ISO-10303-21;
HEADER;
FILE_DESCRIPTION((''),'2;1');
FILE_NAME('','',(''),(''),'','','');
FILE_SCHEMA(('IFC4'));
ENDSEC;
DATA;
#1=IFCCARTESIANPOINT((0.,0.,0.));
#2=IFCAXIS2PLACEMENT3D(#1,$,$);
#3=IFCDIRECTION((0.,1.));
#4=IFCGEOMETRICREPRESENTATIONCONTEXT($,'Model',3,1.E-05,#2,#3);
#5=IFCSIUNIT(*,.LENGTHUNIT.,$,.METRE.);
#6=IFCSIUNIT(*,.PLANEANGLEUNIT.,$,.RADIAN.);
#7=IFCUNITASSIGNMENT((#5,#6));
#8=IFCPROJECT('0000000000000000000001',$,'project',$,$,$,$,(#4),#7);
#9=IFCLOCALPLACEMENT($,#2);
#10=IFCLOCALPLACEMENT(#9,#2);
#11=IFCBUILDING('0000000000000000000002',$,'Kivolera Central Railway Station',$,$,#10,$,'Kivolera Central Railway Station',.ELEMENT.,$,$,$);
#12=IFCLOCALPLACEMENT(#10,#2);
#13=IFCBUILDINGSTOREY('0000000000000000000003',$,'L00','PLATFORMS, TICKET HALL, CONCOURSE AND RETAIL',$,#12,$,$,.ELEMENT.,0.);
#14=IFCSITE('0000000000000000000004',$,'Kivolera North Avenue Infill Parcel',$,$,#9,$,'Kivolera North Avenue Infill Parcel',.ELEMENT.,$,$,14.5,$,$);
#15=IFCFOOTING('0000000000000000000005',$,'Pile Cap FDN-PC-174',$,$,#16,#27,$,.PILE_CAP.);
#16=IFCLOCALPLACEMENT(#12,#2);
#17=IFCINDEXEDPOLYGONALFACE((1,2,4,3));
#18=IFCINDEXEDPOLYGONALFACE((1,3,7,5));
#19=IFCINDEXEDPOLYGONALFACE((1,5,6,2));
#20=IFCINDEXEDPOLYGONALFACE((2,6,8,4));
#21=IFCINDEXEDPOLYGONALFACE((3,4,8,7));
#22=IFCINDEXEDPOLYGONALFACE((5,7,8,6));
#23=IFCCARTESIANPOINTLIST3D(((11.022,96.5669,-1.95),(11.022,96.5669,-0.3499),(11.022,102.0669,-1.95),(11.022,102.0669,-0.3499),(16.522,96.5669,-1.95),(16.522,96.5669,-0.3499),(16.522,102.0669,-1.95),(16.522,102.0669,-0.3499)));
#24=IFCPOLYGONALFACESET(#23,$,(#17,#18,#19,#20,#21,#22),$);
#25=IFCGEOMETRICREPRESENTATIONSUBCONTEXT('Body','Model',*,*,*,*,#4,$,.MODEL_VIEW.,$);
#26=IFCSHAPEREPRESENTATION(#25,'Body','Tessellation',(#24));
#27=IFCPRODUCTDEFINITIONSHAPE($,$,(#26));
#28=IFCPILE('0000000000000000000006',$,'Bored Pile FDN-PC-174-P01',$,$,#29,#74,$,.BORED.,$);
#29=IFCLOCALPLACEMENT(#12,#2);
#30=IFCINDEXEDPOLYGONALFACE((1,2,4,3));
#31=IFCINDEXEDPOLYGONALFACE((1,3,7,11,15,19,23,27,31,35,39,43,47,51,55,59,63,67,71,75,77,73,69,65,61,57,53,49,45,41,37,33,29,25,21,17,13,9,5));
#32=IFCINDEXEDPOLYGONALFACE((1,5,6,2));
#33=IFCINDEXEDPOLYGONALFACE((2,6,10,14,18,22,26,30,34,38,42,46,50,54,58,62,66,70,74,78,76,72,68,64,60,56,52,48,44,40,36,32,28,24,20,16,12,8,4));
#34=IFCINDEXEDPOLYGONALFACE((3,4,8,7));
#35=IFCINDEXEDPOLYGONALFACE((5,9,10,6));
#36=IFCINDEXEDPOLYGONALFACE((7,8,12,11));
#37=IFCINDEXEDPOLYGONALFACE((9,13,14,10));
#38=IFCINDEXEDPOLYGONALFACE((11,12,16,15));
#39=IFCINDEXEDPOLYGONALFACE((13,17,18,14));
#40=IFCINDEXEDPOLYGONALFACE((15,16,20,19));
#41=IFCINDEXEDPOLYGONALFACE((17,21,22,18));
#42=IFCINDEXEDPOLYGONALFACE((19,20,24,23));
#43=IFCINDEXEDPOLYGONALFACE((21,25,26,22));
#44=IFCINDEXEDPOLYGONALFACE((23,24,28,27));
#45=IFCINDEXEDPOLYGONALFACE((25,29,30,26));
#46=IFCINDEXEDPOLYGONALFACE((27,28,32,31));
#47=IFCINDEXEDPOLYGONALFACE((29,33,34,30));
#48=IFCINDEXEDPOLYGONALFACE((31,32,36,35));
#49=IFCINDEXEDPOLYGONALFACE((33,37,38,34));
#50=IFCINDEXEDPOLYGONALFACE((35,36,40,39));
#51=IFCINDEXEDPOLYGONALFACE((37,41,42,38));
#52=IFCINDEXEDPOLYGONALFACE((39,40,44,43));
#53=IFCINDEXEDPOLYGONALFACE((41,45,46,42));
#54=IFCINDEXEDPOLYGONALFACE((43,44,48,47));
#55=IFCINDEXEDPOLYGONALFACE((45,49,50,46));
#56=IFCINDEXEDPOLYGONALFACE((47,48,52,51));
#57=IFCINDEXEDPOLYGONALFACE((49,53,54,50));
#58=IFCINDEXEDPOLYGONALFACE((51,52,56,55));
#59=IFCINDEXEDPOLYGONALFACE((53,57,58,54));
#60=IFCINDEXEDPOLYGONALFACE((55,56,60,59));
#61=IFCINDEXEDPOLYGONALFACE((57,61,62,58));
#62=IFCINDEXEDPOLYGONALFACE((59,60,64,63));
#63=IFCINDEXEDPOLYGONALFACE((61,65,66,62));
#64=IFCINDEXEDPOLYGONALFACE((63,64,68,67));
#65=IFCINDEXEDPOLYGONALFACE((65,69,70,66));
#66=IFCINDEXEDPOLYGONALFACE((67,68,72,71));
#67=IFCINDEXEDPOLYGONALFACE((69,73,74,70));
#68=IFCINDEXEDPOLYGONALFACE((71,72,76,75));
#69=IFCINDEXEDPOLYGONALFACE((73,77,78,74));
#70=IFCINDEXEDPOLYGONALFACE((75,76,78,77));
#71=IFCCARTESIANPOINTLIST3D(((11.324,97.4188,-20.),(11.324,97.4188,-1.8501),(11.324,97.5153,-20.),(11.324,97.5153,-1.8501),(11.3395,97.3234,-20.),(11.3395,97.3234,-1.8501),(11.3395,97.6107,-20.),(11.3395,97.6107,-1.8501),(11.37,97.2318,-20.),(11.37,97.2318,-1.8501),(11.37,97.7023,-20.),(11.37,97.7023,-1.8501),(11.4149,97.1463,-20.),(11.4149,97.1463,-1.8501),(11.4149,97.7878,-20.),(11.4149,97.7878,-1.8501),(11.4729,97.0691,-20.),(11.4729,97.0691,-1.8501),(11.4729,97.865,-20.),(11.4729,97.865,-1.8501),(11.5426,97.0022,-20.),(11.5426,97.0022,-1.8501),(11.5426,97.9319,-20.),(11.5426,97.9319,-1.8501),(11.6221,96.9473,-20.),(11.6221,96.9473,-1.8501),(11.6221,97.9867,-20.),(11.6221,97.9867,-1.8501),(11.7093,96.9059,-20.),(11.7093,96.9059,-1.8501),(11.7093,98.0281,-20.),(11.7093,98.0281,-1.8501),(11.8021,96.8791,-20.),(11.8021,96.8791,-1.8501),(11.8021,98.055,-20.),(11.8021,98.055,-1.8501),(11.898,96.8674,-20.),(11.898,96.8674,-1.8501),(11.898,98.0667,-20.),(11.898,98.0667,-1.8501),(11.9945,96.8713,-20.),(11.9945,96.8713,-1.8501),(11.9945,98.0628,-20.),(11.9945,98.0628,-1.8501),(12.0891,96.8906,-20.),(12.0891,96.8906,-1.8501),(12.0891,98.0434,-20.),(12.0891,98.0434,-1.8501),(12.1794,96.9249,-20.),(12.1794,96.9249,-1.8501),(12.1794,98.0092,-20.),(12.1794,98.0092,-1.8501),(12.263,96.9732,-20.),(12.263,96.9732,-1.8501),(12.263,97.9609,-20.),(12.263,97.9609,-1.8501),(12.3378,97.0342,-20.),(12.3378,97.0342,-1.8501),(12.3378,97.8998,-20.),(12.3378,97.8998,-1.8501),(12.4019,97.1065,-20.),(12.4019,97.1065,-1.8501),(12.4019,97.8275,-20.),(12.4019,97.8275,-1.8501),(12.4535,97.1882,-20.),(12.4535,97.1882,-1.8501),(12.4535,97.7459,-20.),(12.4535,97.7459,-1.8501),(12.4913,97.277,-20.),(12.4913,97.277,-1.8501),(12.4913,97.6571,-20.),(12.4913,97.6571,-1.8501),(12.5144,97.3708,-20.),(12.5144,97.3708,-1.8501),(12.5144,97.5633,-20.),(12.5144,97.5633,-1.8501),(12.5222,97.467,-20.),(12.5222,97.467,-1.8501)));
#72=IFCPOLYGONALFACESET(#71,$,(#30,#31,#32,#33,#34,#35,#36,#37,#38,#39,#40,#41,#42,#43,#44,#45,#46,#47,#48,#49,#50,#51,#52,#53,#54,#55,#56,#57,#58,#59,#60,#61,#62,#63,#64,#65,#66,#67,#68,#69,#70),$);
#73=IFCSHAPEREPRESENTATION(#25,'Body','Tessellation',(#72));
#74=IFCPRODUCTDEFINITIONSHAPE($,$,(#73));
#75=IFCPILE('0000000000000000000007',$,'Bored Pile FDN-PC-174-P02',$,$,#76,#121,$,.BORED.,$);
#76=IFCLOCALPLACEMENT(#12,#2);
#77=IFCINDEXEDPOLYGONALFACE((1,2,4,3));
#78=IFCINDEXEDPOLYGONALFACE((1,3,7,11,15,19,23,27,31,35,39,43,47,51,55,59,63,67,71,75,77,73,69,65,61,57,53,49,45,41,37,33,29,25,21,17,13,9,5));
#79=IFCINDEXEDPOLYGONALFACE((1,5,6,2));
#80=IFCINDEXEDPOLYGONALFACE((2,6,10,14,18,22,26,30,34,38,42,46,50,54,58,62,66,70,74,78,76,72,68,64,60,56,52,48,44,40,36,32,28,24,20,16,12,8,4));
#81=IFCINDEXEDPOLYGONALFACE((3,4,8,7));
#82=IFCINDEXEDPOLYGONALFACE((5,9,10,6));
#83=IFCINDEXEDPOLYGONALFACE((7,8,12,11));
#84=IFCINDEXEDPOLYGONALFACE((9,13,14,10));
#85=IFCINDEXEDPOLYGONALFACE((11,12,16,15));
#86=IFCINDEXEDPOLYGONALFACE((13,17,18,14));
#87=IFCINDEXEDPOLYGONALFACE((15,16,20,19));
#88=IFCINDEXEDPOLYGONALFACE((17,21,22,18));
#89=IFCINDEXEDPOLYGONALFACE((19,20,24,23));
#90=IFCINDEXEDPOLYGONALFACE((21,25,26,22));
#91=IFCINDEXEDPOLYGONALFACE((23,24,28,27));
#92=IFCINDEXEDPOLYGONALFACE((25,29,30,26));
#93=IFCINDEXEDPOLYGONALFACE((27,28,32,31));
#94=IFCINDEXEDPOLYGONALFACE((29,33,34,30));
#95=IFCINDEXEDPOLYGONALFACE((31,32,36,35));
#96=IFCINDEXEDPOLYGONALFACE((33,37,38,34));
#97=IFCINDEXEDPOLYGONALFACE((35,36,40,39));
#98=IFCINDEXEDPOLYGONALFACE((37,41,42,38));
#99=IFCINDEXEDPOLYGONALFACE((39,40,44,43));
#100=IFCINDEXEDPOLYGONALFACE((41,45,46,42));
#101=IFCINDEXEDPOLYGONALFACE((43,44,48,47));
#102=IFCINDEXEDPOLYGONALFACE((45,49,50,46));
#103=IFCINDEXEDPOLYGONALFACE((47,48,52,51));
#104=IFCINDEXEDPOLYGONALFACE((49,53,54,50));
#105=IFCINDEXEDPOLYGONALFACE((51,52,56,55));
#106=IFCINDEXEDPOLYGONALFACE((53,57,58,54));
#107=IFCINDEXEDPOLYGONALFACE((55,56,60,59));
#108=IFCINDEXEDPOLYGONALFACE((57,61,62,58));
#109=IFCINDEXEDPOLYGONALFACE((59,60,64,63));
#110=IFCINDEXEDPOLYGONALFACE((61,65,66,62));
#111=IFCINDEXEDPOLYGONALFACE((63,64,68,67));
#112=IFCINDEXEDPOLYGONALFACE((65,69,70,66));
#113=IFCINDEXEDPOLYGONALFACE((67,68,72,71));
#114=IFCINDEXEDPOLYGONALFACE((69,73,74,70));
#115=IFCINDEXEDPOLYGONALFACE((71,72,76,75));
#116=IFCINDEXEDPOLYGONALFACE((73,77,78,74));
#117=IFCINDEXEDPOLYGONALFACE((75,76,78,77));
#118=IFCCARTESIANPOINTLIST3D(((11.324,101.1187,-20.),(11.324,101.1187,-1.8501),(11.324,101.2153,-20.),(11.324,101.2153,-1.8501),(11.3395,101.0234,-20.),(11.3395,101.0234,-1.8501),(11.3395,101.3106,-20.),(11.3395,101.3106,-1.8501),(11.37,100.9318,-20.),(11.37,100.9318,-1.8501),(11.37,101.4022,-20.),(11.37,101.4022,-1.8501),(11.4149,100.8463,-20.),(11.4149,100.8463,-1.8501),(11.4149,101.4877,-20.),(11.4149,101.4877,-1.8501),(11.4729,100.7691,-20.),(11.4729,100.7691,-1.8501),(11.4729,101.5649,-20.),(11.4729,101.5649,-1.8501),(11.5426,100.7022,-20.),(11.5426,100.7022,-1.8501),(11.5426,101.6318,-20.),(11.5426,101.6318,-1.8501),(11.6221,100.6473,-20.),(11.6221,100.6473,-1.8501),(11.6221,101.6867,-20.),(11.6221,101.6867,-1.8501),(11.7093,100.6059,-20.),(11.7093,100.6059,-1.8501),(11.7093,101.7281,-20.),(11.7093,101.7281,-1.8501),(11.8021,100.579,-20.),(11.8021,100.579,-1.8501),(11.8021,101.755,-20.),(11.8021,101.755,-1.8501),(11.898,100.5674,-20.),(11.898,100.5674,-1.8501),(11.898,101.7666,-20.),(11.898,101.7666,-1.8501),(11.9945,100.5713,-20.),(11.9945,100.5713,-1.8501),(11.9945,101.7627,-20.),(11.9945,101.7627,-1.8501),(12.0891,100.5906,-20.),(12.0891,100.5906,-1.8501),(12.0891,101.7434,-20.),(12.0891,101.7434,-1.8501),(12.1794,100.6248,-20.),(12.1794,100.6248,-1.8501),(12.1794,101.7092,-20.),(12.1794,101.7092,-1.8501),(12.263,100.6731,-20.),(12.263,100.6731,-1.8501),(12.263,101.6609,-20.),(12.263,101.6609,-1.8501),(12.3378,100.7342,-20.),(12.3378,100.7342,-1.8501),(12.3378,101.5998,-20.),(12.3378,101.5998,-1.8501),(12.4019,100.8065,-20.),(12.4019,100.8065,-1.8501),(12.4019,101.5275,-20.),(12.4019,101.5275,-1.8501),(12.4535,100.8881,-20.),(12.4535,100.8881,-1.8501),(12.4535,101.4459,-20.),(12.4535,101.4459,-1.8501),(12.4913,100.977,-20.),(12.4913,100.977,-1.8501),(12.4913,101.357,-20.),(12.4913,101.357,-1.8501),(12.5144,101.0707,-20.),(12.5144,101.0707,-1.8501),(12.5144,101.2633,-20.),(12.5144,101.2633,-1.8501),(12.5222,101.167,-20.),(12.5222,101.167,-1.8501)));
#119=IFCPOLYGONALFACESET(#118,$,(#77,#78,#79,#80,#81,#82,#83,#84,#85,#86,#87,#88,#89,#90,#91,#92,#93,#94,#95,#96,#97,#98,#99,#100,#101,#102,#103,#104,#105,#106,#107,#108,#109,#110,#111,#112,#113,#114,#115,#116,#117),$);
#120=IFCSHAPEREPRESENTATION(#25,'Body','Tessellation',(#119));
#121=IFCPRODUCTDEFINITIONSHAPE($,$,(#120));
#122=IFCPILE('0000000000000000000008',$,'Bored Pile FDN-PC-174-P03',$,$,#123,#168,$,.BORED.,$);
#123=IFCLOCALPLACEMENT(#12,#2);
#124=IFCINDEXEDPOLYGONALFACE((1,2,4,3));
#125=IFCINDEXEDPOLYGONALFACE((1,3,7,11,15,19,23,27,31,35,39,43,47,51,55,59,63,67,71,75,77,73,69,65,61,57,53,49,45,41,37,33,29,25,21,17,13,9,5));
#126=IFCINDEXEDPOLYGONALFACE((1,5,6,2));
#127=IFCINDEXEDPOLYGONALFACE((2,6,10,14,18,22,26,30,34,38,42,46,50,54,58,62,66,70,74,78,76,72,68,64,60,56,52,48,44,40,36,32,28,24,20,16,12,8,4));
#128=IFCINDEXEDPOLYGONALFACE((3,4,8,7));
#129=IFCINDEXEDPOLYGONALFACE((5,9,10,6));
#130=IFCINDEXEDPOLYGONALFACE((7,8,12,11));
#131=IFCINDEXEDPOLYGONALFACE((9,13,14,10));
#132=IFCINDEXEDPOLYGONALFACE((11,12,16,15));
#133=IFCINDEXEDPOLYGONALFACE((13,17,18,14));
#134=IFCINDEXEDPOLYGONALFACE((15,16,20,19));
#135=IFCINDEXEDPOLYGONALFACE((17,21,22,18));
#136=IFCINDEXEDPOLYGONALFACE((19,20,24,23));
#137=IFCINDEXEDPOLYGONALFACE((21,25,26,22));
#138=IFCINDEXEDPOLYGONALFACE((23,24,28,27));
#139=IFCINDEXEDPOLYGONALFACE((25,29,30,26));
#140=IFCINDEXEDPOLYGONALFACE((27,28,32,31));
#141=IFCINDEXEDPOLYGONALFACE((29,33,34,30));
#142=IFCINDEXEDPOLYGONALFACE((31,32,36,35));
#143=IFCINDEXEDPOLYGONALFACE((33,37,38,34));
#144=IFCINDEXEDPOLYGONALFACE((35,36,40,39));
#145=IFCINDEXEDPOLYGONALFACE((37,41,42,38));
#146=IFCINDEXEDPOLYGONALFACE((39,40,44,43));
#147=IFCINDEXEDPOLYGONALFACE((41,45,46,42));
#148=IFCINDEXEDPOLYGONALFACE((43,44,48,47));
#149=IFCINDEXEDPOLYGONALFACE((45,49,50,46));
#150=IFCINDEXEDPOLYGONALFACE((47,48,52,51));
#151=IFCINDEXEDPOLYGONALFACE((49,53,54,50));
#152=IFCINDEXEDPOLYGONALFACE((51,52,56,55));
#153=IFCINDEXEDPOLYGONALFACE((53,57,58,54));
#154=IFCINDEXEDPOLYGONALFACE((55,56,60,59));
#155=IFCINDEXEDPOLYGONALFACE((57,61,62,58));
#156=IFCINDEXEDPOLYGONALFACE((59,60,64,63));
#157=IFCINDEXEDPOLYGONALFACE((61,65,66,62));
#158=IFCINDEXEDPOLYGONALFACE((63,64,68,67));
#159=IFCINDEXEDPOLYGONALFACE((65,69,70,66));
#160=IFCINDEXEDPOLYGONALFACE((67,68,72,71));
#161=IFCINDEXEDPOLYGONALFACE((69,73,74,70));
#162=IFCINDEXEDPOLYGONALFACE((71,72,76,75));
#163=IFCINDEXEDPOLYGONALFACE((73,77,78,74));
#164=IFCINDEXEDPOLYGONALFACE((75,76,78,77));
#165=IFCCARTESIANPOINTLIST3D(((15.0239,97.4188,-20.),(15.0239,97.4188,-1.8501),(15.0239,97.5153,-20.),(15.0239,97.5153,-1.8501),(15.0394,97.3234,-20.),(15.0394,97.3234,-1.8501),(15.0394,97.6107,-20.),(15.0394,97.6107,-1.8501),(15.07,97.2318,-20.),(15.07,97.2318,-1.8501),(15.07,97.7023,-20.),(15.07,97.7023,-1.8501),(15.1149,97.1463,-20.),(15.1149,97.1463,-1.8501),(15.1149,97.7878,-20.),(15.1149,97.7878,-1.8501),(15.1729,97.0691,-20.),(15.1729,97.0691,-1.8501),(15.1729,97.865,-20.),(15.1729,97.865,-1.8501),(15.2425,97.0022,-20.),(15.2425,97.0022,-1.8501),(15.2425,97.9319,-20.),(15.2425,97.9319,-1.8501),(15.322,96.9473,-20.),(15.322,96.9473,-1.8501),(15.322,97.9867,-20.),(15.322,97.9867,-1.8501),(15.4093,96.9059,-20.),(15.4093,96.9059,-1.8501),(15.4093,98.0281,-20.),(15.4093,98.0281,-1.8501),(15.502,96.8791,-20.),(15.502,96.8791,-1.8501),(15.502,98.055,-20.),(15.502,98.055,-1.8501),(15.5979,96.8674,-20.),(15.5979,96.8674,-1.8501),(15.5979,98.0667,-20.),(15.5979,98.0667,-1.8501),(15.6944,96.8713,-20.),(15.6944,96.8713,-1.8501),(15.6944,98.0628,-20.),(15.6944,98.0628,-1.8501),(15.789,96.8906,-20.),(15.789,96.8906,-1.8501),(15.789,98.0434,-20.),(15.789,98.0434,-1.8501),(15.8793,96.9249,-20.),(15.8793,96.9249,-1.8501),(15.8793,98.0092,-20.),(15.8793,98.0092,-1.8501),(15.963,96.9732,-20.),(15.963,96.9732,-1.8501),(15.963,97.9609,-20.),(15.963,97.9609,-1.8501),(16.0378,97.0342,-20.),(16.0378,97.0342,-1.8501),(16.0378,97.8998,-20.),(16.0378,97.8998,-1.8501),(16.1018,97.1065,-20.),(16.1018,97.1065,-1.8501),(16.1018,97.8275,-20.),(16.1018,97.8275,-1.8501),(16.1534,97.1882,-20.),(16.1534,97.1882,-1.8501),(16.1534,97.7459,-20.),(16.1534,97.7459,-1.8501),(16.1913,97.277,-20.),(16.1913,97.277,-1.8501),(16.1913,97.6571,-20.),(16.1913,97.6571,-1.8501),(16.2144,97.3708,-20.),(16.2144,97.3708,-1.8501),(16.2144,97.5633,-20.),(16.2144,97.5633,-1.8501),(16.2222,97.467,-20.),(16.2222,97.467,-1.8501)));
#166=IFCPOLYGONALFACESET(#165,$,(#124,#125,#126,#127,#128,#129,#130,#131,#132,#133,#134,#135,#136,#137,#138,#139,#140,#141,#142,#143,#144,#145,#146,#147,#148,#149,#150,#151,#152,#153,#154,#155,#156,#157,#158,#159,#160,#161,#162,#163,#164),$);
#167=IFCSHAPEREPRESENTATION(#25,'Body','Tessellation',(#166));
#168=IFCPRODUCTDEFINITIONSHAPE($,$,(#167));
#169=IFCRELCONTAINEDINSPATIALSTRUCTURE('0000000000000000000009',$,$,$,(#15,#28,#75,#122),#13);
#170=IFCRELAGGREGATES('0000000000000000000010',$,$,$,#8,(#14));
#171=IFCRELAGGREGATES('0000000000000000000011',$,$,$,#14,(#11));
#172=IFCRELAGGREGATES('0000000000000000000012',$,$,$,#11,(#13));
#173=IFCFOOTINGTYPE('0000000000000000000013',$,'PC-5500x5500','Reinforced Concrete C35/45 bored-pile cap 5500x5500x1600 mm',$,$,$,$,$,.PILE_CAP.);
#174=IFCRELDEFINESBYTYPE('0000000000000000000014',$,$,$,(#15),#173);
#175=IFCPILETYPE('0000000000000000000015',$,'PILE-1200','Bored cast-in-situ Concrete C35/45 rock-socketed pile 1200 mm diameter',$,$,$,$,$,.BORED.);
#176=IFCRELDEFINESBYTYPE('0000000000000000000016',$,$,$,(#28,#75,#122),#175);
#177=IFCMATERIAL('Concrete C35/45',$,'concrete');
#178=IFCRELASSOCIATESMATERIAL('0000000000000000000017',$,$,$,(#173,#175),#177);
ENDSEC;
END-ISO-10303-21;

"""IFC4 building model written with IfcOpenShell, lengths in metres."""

from ifc_helpers import new_model, si_unit, direction, frame, origin, origin_2d, place, context, subcontext, project, spatial, rectangle, circle, extrude, material, material_profile, profile_set, type_object, element, save


model = new_model("IFC4")

# Units and contexts
model_context = context("Model", 3, precision=1e-05, world=origin(), true_north=direction((0.0, 1.0)))
body_context = subcontext(model_context, "Body", "Model", "MODEL_VIEW")
ifc_project = project(units=[si_unit("LENGTHUNIT", "METRE"), si_unit("PLANEANGLEUNIT", "RADIAN")], contexts=[model_context])

# Site, building, storey
site_placement = place(None, origin())
site = spatial("IfcSite", under=ifc_project, at=site_placement, Name="Kivolera North Avenue Infill Parcel", LongName="Kivolera North Avenue Infill Parcel", CompositionType="ELEMENT", RefElevation=14.5)
building_placement = place(site_placement, origin())
building = spatial("IfcBuilding", under=site, at=building_placement, Name="Kivolera Central Railway Station", LongName="Kivolera Central Railway Station", CompositionType="ELEMENT")
storey_placement = place(building_placement, origin())
storey = spatial("IfcBuildingStorey", under=building, at=storey_placement, Name="L00", Description="PLATFORMS, TICKET HALL, CONCOURSE AND RETAIL", CompositionType="ELEMENT", Elevation=0.0)

# Footing
ifc_material_1 = material(Name="Concrete C35/45", Category="concrete")
footing_type = type_object("IfcFootingType", Name="PC-5500x5500", Description="Reinforced Concrete C35/45 bored-pile cap 5500x5500x1600 mm", PredefinedType="PILE_CAP", material=ifc_material_1)
footing_placement = place(storey_placement, frame((13.772, 99.3169, -1.95), z_axis=(0.0, 0.0, 1.0), x_axis=(1.0, 0.0, 0.0)))
element("IfcFooting", 1, at=footing_placement, inside=storey, type_object=footing_type, Name="Pile Cap FDN-PC-174", PredefinedType="PILE_CAP", context=body_context, shape_type="SweptSolid", body=[
    extrude(rectangle(XDim=5.5, YDim=5.5, at=origin_2d()), origin(), (0.0, 0.0, 1.0), 1.6001),
])

# Piles
ifc_material_profile_1 = material_profile(ifc_material_1, circle(Radius=0.6001, at=origin_2d()), Name="PILE D1200")
ifc_profile_set_1 = profile_set([ifc_material_profile_1], Name="Concrete C35/45")
pile_type = type_object("IfcPileType", Name="PILE-1200", Description="Bored cast-in-situ Concrete C35/45 rock-socketed pile 1200 mm diameter", PredefinedType="BORED", material=ifc_profile_set_1)
for number, where, z_axis, x_axis, name in (
    (2, (11.9221, 97.467, -1.8501), (0.0, 0.0, -1.0), (1.0, 0.0, 0.0), "Bored Pile FDN-PC-174-P01"),
    (3, (11.9221, 101.167, -1.8501), (0.0, 0.0, -1.0), (1.0, 0.0, 0.0), "Bored Pile FDN-PC-174-P02"),
    (4, (15.6221, 97.467, -1.8501), (0.0, 0.0, -1.0), (1.0, 0.0, 0.0), "Bored Pile FDN-PC-174-P03"),
):
    element("IfcPile", number, at=place(storey_placement, frame(where, z_axis=z_axis, x_axis=x_axis)), inside=storey, type_object=pile_type, Name=name, PredefinedType="BORED", context=body_context, shape_type="SweptSolid", body=[
        extrude(circle(Radius=0.6001, at=origin_2d()), origin(), (0.0, 0.0, 1.0), 18.1499),
    ])

save(model, "model.ifc")
